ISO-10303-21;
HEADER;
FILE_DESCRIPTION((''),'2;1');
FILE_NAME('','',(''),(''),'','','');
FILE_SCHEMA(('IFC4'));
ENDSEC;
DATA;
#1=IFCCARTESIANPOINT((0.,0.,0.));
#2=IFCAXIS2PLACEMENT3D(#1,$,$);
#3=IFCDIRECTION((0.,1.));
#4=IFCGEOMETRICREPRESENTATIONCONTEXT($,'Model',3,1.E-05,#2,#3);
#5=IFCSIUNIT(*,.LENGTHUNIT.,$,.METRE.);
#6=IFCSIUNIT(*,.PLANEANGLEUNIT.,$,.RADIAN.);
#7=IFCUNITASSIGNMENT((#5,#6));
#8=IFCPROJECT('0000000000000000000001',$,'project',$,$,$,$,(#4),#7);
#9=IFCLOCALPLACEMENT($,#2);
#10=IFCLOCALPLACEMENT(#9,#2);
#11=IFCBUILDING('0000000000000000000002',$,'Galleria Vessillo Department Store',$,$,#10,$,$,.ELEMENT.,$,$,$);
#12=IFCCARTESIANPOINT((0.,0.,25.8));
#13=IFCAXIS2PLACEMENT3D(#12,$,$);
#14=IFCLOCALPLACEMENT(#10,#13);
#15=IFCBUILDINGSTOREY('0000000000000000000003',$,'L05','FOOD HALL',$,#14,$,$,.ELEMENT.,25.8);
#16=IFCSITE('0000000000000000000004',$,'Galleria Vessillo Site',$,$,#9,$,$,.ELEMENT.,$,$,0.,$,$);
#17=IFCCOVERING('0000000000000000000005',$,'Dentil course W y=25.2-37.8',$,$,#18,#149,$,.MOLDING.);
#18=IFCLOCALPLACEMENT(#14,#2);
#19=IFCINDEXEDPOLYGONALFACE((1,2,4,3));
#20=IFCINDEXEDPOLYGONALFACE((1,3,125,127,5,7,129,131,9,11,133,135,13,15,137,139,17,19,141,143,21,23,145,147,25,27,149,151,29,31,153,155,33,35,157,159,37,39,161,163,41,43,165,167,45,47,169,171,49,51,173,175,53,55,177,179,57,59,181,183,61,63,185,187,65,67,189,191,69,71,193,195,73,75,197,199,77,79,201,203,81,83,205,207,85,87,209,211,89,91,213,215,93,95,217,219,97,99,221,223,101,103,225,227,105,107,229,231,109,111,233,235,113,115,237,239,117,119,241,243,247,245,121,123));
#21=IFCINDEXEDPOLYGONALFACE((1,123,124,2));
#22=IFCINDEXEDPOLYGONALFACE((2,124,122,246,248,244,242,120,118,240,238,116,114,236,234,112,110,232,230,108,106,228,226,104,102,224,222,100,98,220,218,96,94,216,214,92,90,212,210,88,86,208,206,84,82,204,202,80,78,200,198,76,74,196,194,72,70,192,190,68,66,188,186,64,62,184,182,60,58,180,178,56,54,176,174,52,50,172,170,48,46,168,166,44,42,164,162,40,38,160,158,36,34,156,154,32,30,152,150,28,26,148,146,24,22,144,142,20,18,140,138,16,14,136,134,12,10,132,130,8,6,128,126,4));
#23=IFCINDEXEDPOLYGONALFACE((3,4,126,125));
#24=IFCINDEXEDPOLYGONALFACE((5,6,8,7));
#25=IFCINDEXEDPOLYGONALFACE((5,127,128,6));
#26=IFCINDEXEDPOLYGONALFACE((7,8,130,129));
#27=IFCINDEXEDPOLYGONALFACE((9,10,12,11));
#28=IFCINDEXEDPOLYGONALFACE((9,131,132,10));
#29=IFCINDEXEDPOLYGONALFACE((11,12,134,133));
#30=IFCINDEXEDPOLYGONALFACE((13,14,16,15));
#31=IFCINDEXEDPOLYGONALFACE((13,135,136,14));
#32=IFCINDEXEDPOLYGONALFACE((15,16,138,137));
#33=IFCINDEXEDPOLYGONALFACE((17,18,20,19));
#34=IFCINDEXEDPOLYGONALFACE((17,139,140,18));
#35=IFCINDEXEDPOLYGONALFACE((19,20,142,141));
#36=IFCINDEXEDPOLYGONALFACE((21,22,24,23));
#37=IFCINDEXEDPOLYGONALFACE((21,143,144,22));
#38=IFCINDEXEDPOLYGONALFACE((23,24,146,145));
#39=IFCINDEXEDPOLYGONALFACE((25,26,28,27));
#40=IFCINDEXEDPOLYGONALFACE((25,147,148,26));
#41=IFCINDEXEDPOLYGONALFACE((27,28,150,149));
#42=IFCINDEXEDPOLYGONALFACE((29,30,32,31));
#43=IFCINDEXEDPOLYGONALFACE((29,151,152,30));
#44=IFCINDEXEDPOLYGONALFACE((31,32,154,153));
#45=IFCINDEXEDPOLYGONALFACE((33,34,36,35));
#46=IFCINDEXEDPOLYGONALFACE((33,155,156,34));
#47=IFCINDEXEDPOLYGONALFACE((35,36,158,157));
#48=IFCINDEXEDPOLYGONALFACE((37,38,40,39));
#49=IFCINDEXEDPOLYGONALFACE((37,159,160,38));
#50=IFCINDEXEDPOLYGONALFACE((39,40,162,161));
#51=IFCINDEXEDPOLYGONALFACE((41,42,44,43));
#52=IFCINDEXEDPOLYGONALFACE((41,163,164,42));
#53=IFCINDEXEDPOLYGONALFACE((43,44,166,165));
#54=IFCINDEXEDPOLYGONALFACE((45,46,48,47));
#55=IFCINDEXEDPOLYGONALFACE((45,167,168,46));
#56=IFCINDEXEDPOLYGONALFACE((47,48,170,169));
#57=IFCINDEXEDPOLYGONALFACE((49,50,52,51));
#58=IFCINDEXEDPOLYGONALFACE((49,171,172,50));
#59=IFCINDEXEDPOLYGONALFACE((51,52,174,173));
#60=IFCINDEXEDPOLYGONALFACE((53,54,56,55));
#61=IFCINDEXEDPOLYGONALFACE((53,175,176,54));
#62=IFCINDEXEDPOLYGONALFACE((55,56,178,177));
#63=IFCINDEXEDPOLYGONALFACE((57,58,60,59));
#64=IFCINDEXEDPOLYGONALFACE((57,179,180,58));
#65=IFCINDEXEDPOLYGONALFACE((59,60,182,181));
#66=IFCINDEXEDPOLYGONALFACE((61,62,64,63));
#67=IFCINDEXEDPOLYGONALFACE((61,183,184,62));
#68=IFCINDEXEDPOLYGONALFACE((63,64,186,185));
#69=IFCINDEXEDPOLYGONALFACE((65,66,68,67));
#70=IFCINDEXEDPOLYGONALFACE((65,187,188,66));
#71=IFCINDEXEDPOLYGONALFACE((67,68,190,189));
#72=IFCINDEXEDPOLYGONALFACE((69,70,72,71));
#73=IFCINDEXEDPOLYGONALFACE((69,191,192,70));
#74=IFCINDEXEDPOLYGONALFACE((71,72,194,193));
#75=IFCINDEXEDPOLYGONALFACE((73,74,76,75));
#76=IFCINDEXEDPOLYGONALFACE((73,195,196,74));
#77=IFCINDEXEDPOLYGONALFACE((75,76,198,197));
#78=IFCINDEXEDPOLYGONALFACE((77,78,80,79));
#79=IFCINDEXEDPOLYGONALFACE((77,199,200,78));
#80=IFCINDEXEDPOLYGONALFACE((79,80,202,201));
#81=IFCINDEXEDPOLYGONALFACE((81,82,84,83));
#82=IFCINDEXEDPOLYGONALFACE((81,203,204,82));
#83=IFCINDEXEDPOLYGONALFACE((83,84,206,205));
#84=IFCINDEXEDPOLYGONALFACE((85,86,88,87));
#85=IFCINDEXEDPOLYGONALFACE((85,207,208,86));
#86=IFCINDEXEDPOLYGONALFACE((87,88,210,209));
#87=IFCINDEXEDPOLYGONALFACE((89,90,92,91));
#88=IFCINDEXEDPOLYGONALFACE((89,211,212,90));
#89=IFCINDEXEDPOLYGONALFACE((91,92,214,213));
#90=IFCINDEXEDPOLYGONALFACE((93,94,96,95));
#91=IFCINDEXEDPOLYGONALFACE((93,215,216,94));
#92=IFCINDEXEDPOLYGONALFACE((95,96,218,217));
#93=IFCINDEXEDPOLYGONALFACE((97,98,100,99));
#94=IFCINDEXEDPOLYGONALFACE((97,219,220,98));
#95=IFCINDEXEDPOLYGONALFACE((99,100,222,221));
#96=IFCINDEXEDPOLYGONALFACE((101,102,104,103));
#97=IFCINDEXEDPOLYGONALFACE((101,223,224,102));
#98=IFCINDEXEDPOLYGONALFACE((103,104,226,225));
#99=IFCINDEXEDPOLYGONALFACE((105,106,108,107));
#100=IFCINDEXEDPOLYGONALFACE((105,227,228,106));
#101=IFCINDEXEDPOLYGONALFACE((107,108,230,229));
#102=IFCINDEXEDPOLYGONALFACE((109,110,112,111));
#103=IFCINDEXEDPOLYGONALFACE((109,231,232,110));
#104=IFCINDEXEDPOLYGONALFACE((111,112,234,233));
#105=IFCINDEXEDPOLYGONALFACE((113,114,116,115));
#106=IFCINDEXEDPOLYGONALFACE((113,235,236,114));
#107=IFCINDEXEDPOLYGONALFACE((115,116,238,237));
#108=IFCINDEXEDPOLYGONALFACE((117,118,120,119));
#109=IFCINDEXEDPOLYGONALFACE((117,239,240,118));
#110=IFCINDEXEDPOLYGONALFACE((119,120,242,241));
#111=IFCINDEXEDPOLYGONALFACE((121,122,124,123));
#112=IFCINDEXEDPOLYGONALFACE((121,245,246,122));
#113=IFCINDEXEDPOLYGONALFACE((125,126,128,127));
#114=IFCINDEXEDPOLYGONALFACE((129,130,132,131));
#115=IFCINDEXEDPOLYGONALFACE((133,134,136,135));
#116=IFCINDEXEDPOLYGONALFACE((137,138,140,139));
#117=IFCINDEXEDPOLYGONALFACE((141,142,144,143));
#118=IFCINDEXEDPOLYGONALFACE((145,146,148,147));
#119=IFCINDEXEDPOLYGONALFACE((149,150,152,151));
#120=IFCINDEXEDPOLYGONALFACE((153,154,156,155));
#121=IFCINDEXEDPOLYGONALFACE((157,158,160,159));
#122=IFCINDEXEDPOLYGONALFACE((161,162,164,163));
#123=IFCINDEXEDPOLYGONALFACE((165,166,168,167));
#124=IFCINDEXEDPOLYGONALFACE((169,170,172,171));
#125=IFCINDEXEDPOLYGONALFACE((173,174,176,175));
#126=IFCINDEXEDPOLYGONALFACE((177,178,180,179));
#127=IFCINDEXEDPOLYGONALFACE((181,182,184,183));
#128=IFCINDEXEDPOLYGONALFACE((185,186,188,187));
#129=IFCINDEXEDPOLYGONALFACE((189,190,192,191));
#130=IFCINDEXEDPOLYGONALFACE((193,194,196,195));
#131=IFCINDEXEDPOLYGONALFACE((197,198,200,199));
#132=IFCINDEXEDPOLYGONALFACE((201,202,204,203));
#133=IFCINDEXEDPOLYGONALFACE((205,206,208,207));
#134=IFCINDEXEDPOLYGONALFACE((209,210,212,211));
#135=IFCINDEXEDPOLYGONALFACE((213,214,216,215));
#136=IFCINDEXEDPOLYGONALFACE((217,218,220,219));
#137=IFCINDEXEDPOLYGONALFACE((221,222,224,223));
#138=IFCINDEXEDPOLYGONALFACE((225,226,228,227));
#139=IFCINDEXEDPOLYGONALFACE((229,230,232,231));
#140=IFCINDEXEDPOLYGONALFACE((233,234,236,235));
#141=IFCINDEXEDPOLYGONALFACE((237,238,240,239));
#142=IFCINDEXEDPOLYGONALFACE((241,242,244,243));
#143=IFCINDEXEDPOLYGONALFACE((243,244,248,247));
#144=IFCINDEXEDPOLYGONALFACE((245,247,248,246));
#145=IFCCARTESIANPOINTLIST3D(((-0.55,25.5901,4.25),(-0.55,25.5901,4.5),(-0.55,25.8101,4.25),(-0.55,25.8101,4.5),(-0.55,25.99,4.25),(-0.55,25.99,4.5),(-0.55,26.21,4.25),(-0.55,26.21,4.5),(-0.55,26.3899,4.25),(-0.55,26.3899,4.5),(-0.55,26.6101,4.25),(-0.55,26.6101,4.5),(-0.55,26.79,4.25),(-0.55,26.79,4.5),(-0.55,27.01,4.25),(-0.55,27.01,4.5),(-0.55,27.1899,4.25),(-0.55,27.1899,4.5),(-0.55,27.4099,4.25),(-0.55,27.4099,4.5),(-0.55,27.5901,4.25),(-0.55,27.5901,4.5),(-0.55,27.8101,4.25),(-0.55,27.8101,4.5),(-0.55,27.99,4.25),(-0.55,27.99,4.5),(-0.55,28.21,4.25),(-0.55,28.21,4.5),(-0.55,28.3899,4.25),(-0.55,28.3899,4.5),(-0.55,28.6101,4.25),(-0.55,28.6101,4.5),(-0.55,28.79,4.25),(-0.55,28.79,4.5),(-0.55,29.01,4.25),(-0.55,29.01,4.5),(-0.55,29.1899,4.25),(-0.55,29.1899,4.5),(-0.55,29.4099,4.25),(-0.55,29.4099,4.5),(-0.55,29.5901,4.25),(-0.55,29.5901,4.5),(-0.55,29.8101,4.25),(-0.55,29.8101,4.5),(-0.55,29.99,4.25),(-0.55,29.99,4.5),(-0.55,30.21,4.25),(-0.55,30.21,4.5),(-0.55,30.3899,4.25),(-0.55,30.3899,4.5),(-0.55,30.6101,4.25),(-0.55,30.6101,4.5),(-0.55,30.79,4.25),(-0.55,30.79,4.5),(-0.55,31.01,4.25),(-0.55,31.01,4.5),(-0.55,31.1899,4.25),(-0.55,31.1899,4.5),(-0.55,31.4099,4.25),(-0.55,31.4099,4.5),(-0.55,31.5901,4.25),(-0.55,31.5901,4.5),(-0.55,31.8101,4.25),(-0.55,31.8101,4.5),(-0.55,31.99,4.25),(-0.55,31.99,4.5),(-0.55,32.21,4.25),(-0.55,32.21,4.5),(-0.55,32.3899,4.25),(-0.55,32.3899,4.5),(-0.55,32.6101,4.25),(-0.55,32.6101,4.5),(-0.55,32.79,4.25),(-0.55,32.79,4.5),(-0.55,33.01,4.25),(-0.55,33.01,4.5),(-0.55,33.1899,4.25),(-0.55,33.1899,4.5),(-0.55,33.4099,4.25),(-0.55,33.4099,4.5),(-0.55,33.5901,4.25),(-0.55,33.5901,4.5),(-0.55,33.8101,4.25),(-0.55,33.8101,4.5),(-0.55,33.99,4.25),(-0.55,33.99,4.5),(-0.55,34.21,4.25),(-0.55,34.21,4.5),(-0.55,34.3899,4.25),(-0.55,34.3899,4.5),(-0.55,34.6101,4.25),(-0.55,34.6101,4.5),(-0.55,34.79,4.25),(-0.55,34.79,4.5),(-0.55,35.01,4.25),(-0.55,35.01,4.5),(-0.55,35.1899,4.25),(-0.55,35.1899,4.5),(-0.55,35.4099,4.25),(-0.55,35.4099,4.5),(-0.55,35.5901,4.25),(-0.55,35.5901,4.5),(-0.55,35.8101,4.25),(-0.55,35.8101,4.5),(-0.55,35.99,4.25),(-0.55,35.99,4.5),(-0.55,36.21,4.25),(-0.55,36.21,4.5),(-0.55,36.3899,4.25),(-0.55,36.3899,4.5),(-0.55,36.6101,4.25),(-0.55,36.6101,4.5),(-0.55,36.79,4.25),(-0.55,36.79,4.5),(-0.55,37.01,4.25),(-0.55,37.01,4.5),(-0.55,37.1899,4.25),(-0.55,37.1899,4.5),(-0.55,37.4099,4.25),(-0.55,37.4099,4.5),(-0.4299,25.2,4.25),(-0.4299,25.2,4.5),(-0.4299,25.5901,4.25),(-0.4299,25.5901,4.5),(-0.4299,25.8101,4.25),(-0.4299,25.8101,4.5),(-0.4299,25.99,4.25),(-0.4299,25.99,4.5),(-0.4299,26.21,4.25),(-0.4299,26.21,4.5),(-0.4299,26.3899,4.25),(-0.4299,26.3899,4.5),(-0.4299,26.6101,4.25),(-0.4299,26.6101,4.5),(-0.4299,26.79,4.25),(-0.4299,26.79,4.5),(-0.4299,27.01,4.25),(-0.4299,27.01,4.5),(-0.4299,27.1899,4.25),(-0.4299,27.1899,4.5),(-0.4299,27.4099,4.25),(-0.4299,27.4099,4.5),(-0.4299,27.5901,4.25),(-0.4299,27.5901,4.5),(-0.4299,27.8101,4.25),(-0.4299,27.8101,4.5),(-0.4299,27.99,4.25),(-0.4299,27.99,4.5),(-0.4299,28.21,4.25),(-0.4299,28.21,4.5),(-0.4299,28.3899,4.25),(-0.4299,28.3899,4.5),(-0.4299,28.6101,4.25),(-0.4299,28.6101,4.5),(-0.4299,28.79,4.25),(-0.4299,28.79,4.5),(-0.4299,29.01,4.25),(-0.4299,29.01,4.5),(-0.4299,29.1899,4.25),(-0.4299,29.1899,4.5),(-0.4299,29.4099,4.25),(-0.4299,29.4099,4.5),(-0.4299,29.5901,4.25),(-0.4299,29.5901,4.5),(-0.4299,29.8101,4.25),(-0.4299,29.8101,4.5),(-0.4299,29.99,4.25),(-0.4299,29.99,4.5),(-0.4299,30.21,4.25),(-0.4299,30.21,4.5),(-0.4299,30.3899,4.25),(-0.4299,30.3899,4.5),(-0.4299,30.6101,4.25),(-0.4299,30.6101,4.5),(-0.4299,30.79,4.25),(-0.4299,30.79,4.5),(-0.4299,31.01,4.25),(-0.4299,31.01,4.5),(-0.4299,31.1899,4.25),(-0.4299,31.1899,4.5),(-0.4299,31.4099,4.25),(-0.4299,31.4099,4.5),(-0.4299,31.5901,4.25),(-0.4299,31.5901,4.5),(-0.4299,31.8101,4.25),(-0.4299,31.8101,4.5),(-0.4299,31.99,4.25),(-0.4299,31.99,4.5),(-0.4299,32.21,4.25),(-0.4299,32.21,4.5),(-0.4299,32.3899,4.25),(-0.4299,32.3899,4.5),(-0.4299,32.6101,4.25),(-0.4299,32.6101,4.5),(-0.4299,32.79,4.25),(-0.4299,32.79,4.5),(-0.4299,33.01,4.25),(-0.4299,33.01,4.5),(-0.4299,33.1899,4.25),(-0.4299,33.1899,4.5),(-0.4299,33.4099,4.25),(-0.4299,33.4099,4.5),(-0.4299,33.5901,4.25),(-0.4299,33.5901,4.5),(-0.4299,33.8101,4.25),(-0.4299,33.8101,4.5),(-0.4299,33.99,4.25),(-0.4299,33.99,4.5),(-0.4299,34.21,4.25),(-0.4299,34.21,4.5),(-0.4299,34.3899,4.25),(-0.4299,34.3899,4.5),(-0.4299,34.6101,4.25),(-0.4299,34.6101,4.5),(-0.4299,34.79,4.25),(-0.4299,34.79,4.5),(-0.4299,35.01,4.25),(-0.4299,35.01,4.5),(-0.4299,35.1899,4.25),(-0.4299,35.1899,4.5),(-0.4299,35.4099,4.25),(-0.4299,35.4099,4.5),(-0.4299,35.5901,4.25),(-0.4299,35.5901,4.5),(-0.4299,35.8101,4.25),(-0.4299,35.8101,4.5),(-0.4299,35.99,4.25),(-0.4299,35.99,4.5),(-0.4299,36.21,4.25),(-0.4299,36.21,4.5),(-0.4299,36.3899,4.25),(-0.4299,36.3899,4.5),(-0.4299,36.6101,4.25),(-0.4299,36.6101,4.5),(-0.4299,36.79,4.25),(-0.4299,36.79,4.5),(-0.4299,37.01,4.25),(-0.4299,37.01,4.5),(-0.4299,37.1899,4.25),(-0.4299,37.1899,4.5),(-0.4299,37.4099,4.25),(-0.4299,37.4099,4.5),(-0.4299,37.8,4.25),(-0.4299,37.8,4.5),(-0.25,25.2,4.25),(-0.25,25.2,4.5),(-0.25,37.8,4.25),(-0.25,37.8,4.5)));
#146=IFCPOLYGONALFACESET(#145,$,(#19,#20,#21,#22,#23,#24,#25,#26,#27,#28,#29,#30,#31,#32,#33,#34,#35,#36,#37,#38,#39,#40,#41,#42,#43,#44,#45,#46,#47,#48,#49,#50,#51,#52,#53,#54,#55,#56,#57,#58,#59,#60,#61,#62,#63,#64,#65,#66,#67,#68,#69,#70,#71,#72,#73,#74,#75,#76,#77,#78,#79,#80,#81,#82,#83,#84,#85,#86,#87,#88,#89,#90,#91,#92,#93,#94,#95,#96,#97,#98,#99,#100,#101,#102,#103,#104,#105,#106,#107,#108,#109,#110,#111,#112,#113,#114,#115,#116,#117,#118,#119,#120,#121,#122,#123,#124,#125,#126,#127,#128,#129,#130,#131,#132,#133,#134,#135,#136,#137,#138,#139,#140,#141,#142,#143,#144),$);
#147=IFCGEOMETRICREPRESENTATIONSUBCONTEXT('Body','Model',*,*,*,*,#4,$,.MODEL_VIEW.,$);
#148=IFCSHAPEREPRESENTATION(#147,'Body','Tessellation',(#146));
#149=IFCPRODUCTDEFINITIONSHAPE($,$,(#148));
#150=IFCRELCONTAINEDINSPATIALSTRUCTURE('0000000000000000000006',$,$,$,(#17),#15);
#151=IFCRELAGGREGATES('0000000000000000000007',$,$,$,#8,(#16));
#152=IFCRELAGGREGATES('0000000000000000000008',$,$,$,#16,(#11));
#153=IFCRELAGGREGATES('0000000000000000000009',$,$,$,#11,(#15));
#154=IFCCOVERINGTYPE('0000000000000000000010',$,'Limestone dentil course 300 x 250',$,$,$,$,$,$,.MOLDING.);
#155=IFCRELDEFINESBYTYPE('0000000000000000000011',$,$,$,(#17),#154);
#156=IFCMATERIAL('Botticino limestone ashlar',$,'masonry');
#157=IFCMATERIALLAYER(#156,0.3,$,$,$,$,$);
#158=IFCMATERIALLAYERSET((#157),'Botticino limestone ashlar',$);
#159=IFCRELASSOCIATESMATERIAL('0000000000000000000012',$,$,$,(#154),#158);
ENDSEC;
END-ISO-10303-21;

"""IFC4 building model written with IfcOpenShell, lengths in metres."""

from ifc_helpers import new_model, si_unit, direction, frame, origin, place, context, subcontext, project, spatial, polyline, outline, extrude, material, layer, layer_set, type_object, element, save


model = new_model("IFC4")

# Units and contexts
model_context = context("Model", 3, precision=1e-05, world=origin(), true_north=direction((0.0, 1.0)))
body_context = subcontext(model_context, "Body", "Model", "MODEL_VIEW")
ifc_project = project(units=[si_unit("LENGTHUNIT", "METRE"), si_unit("PLANEANGLEUNIT", "RADIAN")], contexts=[model_context])

# Site, building, storey
site_placement = place(None, origin())
site = spatial("IfcSite", under=ifc_project, at=site_placement, Name="Galleria Vessillo Site", CompositionType="ELEMENT", RefElevation=0.0)
building_placement = place(site_placement, origin())
building = spatial("IfcBuilding", under=site, at=building_placement, Name="Galleria Vessillo Department Store", CompositionType="ELEMENT")
storey_placement = place(building_placement, frame((0.0, 0.0, 25.8)))
storey = spatial("IfcBuildingStorey", under=building, at=storey_placement, Name="L05", Description="FOOD HALL", CompositionType="ELEMENT", Elevation=25.8)

# Covering
ifc_material_1 = material(Name="Botticino limestone ashlar", Category="masonry")
ifc_layer_1 = layer(ifc_material_1, 0.3)
ifc_layer_set_1 = layer_set([ifc_layer_1], Name="Botticino limestone ashlar")
covering_type = type_object("IfcCoveringType", Name="Limestone dentil course 300 x 250", PredefinedType="MOLDING", material=ifc_layer_set_1)
covering_1_placement = place(storey_placement, frame((0.0, 0.0, 4.25)))
element("IfcCovering", 1, at=covering_1_placement, inside=storey, type_object=covering_type, Name="Dentil course W y=25.2-37.8", PredefinedType="MOLDING", context=body_context, shape_type="SweptSolid", body=[
    extrude(outline(polyline([(-0.25, 25.2), (-0.4299, 25.2), (-0.4299, 25.5901), (-0.55, 25.5901), (-0.55, 25.8101), (-0.4299, 25.8101), (-0.4299, 25.99), (-0.55, 25.99), (-0.55, 26.21), (-0.4299, 26.21), (-0.4299, 26.3899), (-0.55, 26.3899), (-0.55, 26.6101), (-0.4299, 26.6101), (-0.4299, 26.79), (-0.55, 26.79), (-0.55, 27.01), (-0.4299, 27.01), (-0.4299, 27.1899), (-0.55, 27.1899), (-0.55, 27.4099), (-0.4299, 27.4099), (-0.4299, 27.5901), (-0.55, 27.5901), (-0.55, 27.8101), (-0.4299, 27.8101), (-0.4299, 27.99), (-0.55, 27.99), (-0.55, 28.21), (-0.4299, 28.21), (-0.4299, 28.3899), (-0.55, 28.3899), (-0.55, 28.6101), (-0.4299, 28.6101), (-0.4299, 28.79), (-0.55, 28.79), (-0.55, 29.01), (-0.4299, 29.01), (-0.4299, 29.1899), (-0.55, 29.1899), (-0.55, 29.4099), (-0.4299, 29.4099), (-0.4299, 29.5901), (-0.55, 29.5901), (-0.55, 29.8101), (-0.4299, 29.8101), (-0.4299, 29.99), (-0.55, 29.99), (-0.55, 30.21), (-0.4299, 30.21), (-0.4299, 30.3899), (-0.55, 30.3899), (-0.55, 30.6101), (-0.4299, 30.6101), (-0.4299, 30.79), (-0.55, 30.79), (-0.55, 31.01), (-0.4299, 31.01), (-0.4299, 31.1899), (-0.55, 31.1899), (-0.55, 31.4099), (-0.4299, 31.4099), (-0.4299, 31.5901), (-0.55, 31.5901), (-0.55, 31.8101), (-0.4299, 31.8101), (-0.4299, 31.99), (-0.55, 31.99), (-0.55, 32.21), (-0.4299, 32.21), (-0.4299, 32.3899), (-0.55, 32.3899), (-0.55, 32.6101), (-0.4299, 32.6101), (-0.4299, 32.79), (-0.55, 32.79), (-0.55, 33.01), (-0.4299, 33.01), (-0.4299, 33.1899), (-0.55, 33.1899), (-0.55, 33.4099), (-0.4299, 33.4099), (-0.4299, 33.5901), (-0.55, 33.5901), (-0.55, 33.8101), (-0.4299, 33.8101), (-0.4299, 33.99), (-0.55, 33.99), (-0.55, 34.21), (-0.4299, 34.21), (-0.4299, 34.3899), (-0.55, 34.3899), (-0.55, 34.6101), (-0.4299, 34.6101), (-0.4299, 34.79), (-0.55, 34.79), (-0.55, 35.01), (-0.4299, 35.01), (-0.4299, 35.1899), (-0.55, 35.1899), (-0.55, 35.4099), (-0.4299, 35.4099), (-0.4299, 35.5901), (-0.55, 35.5901), (-0.55, 35.8101), (-0.4299, 35.8101), (-0.4299, 35.99), (-0.55, 35.99), (-0.55, 36.21), (-0.4299, 36.21), (-0.4299, 36.3899), (-0.55, 36.3899), (-0.55, 36.6101), (-0.4299, 36.6101), (-0.4299, 36.79), (-0.55, 36.79), (-0.55, 37.01), (-0.4299, 37.01), (-0.4299, 37.1899), (-0.55, 37.1899), (-0.55, 37.4099), (-0.4299, 37.4099), (-0.4299, 37.8), (-0.25, 37.8), (-0.25, 25.2)])), origin(), (0.0, 0.0, 1.0), 0.25),
])

save(model, "model.ifc")
